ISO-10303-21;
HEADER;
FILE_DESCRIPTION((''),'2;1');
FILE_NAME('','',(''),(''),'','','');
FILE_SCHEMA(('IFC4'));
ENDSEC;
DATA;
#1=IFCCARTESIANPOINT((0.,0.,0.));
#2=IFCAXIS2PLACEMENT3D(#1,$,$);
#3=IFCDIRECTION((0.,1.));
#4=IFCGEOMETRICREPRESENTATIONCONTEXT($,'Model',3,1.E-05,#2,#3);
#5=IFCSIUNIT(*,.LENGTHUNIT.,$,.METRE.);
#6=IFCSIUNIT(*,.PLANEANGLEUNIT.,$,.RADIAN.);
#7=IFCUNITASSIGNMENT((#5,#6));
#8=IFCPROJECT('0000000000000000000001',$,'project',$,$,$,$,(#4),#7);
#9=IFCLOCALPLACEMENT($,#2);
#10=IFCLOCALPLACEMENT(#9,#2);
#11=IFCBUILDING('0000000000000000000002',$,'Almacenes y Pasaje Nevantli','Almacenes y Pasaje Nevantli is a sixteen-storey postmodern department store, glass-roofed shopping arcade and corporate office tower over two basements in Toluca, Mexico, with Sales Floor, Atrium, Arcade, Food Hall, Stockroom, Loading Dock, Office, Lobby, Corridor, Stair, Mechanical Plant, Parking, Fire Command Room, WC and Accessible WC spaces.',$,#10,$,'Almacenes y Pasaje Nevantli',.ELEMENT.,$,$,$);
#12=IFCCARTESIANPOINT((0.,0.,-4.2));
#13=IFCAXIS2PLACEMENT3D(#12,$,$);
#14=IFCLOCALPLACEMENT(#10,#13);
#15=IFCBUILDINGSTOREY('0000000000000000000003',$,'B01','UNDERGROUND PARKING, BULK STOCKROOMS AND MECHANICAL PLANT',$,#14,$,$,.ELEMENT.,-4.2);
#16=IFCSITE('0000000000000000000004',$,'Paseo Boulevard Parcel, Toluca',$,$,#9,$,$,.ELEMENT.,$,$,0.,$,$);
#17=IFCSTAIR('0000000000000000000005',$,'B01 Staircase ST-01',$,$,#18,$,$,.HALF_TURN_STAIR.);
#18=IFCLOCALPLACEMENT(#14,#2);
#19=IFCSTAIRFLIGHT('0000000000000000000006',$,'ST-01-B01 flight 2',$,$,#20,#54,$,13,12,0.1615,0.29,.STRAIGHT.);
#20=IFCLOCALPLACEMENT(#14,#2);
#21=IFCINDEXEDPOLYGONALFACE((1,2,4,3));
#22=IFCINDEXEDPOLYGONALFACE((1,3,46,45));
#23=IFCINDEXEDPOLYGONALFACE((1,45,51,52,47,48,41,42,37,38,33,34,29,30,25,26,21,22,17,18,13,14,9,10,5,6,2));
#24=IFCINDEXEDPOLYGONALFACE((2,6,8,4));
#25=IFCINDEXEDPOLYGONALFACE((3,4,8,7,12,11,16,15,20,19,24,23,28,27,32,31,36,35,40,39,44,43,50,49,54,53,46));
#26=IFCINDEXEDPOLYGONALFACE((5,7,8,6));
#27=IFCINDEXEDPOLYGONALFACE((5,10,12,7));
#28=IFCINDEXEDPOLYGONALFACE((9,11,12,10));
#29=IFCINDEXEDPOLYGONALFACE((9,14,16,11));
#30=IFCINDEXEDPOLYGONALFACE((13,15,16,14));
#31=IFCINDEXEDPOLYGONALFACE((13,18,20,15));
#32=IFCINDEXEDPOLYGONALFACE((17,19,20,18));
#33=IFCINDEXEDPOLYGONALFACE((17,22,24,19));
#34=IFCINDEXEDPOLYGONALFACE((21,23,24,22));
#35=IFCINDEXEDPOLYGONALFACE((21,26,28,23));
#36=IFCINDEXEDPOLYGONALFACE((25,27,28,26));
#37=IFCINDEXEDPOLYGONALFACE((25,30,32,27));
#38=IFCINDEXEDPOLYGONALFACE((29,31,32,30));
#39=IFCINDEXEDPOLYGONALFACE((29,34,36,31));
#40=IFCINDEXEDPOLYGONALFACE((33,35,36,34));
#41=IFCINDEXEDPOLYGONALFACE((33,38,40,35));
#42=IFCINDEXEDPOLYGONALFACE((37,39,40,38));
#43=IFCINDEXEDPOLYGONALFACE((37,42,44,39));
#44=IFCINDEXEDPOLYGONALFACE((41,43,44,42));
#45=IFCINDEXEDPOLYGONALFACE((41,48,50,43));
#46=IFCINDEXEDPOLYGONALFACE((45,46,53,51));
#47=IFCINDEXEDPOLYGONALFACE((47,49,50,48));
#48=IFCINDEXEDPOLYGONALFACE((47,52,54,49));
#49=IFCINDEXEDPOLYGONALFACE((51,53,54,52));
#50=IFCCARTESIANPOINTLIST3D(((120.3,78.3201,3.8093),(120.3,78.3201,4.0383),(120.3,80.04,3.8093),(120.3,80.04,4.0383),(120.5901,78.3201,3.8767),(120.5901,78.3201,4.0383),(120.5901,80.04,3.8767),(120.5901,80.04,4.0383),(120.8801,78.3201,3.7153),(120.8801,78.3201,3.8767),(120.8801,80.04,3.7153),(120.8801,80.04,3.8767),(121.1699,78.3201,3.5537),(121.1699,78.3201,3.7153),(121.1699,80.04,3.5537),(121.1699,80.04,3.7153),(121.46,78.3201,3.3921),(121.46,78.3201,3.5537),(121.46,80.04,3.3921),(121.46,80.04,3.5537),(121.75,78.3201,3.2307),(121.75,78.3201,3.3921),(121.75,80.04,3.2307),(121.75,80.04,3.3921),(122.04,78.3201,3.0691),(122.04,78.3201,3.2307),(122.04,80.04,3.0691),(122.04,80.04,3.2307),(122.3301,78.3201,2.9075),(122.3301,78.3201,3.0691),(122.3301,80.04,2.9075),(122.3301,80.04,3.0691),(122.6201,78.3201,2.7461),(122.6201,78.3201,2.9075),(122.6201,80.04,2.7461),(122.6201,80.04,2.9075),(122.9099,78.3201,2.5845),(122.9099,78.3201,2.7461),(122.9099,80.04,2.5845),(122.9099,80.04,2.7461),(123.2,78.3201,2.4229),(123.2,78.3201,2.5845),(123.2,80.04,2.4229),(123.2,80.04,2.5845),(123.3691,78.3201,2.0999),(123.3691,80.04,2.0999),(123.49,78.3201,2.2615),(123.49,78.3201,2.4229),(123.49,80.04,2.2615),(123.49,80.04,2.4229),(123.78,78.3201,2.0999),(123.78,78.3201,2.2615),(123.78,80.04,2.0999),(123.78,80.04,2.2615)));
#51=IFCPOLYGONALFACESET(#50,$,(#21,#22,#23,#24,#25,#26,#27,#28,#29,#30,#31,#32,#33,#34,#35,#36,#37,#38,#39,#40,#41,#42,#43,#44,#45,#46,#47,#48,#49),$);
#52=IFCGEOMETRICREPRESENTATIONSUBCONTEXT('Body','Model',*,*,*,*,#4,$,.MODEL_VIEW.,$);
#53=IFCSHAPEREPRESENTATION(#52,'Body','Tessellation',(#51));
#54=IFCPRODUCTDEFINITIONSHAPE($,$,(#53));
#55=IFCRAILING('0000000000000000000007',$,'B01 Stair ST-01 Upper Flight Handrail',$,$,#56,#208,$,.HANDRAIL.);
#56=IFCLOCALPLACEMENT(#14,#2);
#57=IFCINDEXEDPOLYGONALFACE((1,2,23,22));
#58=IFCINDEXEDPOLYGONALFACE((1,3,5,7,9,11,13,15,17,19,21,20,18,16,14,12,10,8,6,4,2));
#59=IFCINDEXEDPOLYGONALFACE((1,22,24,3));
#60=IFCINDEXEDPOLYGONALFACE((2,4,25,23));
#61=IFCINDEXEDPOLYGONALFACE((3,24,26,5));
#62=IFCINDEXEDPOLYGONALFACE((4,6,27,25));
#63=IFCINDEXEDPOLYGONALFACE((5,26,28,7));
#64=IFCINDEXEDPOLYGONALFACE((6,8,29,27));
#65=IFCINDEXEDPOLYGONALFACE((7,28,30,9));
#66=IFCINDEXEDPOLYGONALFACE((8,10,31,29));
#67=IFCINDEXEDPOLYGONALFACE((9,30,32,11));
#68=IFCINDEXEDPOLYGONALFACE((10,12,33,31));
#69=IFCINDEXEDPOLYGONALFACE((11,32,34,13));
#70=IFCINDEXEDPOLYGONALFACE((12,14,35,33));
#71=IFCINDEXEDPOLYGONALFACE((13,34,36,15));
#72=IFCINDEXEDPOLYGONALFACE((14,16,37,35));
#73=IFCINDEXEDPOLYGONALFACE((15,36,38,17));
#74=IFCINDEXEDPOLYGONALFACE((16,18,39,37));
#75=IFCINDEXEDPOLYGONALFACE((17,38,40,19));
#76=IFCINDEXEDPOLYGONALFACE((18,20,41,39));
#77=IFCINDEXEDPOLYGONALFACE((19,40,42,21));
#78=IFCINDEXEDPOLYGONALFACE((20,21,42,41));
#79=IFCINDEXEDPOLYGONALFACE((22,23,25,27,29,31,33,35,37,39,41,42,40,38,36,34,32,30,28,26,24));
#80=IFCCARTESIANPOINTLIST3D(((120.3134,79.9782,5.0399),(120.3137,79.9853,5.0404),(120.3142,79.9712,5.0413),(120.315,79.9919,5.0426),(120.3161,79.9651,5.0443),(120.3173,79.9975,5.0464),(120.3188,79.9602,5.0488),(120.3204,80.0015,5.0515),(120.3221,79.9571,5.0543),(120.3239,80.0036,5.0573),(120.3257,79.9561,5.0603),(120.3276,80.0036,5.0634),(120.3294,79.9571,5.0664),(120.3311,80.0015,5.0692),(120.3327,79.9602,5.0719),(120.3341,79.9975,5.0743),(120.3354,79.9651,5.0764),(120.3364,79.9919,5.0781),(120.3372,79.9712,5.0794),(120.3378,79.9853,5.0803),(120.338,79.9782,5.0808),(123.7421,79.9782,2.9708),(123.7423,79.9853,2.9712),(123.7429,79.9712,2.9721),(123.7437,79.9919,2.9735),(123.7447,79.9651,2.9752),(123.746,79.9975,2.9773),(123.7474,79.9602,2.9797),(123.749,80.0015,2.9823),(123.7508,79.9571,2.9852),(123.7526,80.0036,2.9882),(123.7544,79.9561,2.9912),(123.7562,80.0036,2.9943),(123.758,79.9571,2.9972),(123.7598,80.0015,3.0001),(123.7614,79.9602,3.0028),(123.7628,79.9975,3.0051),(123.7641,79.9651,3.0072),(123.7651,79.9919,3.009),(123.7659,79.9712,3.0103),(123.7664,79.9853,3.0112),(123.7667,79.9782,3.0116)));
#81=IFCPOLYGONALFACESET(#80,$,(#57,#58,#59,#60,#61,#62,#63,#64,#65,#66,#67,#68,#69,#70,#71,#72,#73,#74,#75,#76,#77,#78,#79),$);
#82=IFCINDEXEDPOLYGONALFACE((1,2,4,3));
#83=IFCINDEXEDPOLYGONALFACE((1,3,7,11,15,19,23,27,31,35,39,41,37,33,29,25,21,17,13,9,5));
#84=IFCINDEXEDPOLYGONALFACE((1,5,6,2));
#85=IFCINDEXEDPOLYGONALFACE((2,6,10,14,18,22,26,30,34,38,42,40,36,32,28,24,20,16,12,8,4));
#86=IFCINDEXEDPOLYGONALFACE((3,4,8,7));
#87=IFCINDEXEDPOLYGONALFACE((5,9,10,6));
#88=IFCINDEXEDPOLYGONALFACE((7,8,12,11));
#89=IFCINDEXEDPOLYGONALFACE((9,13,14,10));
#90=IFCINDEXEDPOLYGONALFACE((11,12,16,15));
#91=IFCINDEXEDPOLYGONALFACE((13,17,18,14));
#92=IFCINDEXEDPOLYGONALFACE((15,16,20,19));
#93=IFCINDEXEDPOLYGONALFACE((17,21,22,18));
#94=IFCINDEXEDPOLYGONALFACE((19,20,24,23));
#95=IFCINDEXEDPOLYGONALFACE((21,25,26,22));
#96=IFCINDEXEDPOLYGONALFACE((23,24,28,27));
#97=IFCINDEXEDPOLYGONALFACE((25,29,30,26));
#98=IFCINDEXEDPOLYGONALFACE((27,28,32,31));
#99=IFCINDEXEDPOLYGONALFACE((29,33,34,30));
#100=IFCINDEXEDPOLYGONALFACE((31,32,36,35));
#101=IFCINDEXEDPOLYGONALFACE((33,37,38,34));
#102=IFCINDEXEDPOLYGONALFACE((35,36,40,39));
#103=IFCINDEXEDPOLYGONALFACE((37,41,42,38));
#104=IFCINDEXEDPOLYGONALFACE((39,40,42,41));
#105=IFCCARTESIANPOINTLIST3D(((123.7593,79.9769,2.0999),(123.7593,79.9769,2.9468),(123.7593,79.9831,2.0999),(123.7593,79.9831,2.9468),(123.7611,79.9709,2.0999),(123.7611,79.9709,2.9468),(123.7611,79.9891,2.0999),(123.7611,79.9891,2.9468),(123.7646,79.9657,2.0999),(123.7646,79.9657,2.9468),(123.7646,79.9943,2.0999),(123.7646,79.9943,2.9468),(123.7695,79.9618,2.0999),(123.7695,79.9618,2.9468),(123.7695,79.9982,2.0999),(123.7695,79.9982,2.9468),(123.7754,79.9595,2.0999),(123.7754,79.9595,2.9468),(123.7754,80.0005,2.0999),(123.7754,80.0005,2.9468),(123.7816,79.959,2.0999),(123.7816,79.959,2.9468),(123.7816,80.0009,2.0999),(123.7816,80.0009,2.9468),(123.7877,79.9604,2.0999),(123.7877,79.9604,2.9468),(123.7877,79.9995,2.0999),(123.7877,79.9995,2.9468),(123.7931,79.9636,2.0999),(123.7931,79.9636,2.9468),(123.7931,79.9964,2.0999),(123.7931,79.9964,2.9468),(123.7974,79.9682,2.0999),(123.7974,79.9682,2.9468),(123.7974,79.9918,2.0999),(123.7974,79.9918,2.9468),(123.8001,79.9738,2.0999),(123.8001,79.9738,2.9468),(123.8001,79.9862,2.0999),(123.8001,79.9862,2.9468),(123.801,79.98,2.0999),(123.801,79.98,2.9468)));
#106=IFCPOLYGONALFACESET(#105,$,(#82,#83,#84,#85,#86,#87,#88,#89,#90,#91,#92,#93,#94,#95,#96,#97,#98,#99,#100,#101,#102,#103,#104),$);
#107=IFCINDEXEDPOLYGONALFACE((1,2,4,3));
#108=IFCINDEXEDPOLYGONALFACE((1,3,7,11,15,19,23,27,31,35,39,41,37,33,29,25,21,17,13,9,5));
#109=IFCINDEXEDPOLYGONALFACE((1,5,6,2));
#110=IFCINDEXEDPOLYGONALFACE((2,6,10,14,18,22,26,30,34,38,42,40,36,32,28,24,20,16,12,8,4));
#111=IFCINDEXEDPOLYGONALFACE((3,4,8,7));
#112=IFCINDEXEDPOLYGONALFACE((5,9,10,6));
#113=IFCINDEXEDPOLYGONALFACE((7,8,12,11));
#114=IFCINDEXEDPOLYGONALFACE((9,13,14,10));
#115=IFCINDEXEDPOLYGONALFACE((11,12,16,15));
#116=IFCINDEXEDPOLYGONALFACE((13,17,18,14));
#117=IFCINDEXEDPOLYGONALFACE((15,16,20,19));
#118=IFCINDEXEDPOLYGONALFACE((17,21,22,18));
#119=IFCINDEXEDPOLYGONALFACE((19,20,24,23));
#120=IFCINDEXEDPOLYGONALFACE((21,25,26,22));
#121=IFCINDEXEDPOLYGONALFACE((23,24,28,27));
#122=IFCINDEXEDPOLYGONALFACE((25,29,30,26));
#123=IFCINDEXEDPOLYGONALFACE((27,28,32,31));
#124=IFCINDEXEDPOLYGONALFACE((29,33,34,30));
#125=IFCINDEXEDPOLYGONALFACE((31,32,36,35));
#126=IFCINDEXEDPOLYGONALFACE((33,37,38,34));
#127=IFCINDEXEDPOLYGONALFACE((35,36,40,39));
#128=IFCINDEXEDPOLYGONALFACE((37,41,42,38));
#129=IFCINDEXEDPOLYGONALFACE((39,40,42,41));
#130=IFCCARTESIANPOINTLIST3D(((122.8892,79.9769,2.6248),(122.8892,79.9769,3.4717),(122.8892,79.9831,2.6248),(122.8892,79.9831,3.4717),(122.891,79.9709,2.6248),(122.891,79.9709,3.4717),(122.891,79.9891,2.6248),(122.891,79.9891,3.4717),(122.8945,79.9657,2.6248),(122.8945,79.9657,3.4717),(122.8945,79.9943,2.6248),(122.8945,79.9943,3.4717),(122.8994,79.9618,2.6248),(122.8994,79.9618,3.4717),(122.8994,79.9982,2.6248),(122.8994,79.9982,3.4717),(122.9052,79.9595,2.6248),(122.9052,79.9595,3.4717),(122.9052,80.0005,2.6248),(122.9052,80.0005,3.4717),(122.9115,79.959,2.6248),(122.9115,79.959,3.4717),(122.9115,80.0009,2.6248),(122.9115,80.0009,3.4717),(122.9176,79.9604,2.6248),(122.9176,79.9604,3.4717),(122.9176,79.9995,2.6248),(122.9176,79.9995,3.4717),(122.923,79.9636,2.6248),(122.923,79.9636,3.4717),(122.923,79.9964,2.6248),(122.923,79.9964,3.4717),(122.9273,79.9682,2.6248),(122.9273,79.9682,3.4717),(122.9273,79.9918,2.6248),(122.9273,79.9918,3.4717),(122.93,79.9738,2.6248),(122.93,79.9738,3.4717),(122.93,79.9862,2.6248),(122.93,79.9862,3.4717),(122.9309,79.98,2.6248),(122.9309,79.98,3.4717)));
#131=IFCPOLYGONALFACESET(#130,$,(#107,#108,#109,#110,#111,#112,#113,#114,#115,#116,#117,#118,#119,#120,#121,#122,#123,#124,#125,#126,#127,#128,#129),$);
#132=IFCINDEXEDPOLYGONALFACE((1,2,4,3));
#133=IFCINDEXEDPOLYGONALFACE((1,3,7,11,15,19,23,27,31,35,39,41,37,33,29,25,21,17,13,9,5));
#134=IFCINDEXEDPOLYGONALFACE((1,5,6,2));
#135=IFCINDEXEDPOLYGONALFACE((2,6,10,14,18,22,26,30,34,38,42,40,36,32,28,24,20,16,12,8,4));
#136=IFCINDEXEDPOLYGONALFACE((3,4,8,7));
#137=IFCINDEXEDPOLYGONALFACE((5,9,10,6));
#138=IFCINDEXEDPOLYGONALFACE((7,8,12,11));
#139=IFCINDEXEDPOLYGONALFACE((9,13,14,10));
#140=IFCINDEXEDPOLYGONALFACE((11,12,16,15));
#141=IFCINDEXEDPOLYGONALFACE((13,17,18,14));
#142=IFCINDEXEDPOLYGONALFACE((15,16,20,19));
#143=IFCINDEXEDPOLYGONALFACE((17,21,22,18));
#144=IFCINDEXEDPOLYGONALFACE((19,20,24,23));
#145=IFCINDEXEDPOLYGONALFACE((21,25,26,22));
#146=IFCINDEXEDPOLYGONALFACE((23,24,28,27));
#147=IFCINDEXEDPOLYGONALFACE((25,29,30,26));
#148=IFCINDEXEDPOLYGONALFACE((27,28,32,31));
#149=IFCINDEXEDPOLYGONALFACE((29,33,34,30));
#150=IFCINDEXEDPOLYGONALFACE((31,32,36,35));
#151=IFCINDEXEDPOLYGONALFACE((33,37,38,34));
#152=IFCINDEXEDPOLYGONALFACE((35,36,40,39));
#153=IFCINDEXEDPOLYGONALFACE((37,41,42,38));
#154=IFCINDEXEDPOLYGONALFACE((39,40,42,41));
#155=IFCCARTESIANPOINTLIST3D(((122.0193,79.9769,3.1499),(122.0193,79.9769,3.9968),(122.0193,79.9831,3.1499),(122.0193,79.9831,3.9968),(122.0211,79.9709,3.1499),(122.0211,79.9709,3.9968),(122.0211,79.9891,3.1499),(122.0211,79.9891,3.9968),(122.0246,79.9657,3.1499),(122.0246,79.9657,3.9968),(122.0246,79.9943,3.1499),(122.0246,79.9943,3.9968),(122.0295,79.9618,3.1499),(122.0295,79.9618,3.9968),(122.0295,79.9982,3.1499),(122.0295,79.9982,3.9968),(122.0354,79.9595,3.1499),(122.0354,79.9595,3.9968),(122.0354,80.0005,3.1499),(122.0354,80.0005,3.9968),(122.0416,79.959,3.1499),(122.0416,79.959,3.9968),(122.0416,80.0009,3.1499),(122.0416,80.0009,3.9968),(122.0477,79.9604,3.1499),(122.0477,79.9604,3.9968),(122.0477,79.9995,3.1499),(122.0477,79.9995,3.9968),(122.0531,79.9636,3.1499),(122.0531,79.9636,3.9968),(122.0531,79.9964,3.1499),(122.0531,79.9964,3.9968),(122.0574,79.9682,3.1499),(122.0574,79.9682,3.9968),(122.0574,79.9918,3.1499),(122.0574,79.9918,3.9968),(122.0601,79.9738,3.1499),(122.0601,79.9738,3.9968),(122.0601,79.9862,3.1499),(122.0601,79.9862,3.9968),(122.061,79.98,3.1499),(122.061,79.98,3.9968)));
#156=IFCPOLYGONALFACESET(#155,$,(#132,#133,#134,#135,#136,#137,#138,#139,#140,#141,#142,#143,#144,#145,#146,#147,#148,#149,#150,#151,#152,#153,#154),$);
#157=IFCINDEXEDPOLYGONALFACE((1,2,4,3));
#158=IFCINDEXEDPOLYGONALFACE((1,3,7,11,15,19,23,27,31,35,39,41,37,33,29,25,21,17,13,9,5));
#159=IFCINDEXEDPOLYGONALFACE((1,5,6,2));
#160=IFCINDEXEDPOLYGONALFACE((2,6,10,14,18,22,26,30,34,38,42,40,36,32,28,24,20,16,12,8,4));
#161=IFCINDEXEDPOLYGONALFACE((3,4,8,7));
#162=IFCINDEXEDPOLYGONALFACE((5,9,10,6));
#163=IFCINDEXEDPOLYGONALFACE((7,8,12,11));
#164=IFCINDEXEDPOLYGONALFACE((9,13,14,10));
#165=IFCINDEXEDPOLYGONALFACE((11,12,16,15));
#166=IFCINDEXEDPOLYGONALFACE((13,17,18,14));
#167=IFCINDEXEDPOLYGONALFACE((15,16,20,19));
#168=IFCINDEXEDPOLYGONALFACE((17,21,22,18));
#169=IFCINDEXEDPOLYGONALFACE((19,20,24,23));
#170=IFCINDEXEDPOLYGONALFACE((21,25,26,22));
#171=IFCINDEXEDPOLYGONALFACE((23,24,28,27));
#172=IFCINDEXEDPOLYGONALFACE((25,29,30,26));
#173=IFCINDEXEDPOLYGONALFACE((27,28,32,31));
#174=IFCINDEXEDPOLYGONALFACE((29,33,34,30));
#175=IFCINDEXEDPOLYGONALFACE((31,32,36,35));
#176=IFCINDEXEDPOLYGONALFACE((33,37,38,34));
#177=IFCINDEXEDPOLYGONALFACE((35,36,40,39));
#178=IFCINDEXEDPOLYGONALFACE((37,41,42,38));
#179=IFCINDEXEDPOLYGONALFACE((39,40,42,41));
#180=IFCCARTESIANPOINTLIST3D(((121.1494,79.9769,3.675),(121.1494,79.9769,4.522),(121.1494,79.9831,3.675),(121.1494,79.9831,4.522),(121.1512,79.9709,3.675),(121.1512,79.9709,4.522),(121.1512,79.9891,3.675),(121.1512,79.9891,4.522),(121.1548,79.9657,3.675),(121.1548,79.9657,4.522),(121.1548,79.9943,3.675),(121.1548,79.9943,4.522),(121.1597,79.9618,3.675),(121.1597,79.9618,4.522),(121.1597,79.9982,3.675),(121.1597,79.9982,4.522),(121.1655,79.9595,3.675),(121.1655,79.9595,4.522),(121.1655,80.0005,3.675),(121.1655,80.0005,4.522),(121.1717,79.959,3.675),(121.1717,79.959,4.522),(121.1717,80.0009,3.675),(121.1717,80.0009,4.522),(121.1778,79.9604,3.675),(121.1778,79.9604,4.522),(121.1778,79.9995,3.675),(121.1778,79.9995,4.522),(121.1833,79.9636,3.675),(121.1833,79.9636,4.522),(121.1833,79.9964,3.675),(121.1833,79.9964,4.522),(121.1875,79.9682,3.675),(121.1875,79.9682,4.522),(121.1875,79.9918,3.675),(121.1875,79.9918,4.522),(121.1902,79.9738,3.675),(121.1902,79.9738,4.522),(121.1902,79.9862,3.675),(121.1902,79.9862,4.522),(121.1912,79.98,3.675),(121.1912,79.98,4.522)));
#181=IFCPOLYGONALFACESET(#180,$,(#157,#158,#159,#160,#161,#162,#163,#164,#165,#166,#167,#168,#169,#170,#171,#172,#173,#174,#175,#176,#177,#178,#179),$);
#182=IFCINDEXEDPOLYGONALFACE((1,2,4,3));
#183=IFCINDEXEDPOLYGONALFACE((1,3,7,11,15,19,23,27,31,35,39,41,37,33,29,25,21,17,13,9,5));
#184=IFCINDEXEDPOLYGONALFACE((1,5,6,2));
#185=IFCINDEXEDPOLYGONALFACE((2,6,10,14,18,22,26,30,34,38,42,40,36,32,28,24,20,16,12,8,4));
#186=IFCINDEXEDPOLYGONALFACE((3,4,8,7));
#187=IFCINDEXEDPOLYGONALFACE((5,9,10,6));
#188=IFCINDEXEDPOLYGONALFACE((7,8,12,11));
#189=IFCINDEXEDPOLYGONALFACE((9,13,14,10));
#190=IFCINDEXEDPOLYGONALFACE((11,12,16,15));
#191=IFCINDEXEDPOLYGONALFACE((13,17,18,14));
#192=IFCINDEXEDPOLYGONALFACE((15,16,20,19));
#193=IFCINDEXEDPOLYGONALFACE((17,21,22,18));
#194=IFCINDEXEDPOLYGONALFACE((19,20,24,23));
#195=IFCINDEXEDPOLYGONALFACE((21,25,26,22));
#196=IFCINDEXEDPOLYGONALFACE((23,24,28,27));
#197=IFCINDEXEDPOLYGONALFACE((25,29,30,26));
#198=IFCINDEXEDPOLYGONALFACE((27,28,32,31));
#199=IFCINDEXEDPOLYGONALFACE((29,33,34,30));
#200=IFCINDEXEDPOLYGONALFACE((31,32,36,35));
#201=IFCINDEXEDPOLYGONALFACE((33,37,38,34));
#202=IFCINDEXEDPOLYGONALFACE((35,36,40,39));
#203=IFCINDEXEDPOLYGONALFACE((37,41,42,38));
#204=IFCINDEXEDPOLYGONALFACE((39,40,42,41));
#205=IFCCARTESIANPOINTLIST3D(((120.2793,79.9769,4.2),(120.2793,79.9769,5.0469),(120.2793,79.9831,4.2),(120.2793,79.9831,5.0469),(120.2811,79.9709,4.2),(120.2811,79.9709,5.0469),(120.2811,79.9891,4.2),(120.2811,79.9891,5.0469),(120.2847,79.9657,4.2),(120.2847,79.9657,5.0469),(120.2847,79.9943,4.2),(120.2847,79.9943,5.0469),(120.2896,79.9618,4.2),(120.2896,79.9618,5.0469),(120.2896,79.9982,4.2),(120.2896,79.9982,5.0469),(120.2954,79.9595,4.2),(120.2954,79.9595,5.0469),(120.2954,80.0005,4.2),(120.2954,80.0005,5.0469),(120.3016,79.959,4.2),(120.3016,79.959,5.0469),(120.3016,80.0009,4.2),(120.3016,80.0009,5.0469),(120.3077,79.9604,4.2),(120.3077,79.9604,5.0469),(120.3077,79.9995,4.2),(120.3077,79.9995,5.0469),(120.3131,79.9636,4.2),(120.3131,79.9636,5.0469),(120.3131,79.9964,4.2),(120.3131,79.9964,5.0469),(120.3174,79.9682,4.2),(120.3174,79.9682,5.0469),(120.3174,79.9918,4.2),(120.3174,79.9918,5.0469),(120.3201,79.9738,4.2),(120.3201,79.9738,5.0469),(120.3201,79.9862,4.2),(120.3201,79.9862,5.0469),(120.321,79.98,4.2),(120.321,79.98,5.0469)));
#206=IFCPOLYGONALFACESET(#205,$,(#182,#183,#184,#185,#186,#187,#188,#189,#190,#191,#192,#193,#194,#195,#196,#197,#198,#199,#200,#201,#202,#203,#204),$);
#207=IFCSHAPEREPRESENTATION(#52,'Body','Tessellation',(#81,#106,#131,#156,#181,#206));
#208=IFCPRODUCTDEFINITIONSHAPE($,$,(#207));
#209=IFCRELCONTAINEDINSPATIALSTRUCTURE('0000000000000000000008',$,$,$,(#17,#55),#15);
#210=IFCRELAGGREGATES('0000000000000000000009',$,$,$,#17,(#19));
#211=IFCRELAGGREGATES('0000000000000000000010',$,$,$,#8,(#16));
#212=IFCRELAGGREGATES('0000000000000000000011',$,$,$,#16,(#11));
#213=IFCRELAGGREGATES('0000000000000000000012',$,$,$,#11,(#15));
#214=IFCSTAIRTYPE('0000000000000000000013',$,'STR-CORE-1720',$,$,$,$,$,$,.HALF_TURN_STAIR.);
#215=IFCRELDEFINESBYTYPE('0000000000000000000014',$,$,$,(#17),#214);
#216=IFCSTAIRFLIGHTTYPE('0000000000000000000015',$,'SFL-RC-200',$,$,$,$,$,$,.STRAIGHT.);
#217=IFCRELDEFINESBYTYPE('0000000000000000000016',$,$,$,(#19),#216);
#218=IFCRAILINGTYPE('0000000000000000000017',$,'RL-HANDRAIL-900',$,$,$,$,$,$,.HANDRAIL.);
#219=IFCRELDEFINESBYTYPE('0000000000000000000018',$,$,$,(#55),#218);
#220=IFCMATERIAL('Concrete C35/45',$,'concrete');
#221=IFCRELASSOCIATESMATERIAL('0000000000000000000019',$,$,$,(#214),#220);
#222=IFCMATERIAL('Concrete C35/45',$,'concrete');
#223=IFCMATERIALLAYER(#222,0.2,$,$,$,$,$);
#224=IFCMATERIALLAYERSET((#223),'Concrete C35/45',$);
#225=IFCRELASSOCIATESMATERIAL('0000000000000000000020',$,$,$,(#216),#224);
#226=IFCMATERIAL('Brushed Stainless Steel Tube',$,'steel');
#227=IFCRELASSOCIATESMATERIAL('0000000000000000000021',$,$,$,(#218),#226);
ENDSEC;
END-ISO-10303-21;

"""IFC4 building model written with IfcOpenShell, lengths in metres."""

from ifc_helpers import new_model, si_unit, direction, frame, origin, origin_2d, place, context, subcontext, project, spatial, polyline, circle, outline, extrude, material, layer, layer_set, type_object, element, aggregate, save


model = new_model("IFC4")

# Units and contexts
model_context = context("Model", 3, precision=1e-05, world=origin(), true_north=direction((0.0, 1.0)))
body_context = subcontext(model_context, "Body", "Model", "MODEL_VIEW")
ifc_project = project(units=[si_unit("LENGTHUNIT", "METRE"), si_unit("PLANEANGLEUNIT", "RADIAN")], contexts=[model_context])

# Site, building, storey
site_placement = place(None, origin())
site = spatial("IfcSite", under=ifc_project, at=site_placement, Name="Paseo Boulevard Parcel, Toluca", CompositionType="ELEMENT", RefElevation=0.0)
building_placement = place(site_placement, origin())
building = spatial("IfcBuilding", under=site, at=building_placement, Name="Almacenes y Pasaje Nevantli", Description="Almacenes y Pasaje Nevantli is a sixteen-storey postmodern department store, glass-roofed shopping arcade and corporate office tower over two basements in Toluca, Mexico, with Sales Floor, Atrium, Arcade, Food Hall, Stockroom, Loading Dock, Office, Lobby, Corridor, Stair, Mechanical Plant, Parking, Fire Command Room, WC and Accessible WC spaces.", LongName="Almacenes y Pasaje Nevantli", CompositionType="ELEMENT")
storey_placement = place(building_placement, frame((0.0, 0.0, -4.2)))
storey = spatial("IfcBuildingStorey", under=building, at=storey_placement, Name="B01", Description="UNDERGROUND PARKING, BULK STOCKROOMS AND MECHANICAL PLANT", CompositionType="ELEMENT", Elevation=-4.2)

# Stair, stair flight
ifc_material_1 = material(Name="Concrete C35/45", Category="concrete")
stair_type = type_object("IfcStairType", Name="STR-CORE-1720", PredefinedType="HALF_TURN_STAIR", material=ifc_material_1)
stair_placement = place(storey_placement, origin())
stair = element("IfcStair", 1, at=stair_placement, inside=storey, type_object=stair_type, Name="B01 Staircase ST-01", PredefinedType="HALF_TURN_STAIR")
ifc_material_2 = material(Name="Concrete C35/45", Category="concrete")
ifc_layer_1 = layer(ifc_material_2, 0.2)
ifc_layer_set_1 = layer_set([ifc_layer_1], Name="Concrete C35/45")
stair_flight_type = type_object("IfcStairFlightType", Name="SFL-RC-200", PredefinedType="STRAIGHT", material=ifc_layer_set_1)
stair_flight_placement = place(storey_placement, frame((123.78, 79.1799, 2.0999), z_axis=(0.0, 0.0, 1.0), x_axis=(-1.0, 0.0, 0.0)))
stair_flight = element("IfcStairFlight", 2, at=stair_flight_placement, type_object=stair_flight_type, Name="ST-01-B01 flight 2", NumberOfRisers=13, NumberOfTreads=12, PredefinedType="STRAIGHT", RiserHeight=0.1615, TreadLength=0.29, context=body_context, shape_type="SweptSolid", body=[
    extrude(outline(polyline([(0.0, 0.0), (0.0, 0.1616), (0.29, 0.1616), (0.29, 0.323), (0.5801, 0.323), (0.5801, 0.4846), (0.8701, 0.4846), (0.8701, 0.6462), (1.1599, 0.6462), (1.1599, 0.8076), (1.45, 0.8076), (1.45, 0.9692), (1.74, 0.9692), (1.74, 1.1309), (2.03, 1.1309), (2.03, 1.2922), (2.3201, 1.2922), (2.3201, 1.4539), (2.6101, 1.4539), (2.6101, 1.6155), (2.8999, 1.6155), (2.8999, 1.7769), (3.1899, 1.7769), (3.1899, 1.9385), (3.48, 1.9385), (3.48, 2.1001), (3.48, 1.7095), (0.4109, 0.0), (0.0, 0.0)])), frame((0.0, 0.8599, 0.0), z_axis=(0.0, -1.0, 0.0), x_axis=(1.0, 0.0, 0.0)), (0.0, 0.0, 1.0), 1.72),
])
aggregate(stair, [stair_flight])

# Railing
ifc_material_3 = material(Name="Brushed Stainless Steel Tube", Category="steel")
railing_type = type_object("IfcRailingType", Name="RL-HANDRAIL-900", PredefinedType="HANDRAIL", material=ifc_material_3)
railing_1_placement = place(storey_placement, frame((123.78, 79.98, 2.0999)))
element("IfcRailing", 3, at=railing_1_placement, inside=storey, type_object=railing_type, Name="B01 Stair ST-01 Upper Flight Handrail", PredefinedType="HANDRAIL", context=body_context, shape_type="SweptSolid", body=[
    extrude(circle(Radius=0.0239, at=origin_2d()), frame((-0.0256, 0.0, 0.8914), z_axis=(-0.856176, 0.0, 0.516685), x_axis=(0.0, -1.0, 0.0)), (0.0, 0.0, 1.0), 4.0046),
    extrude(circle(Radius=0.021, at=origin_2d()), origin(), (0.0, 0.0, 1.0), 0.8469),
    extrude(circle(Radius=0.021, at=origin_2d()), frame((-0.8701, 0.0, 0.5249)), (0.0, 0.0, 1.0), 0.8469),
    extrude(circle(Radius=0.021, at=origin_2d()), frame((-1.74, 0.0, 1.05)), (0.0, 0.0, 1.0), 0.8469),
    extrude(circle(Radius=0.021, at=origin_2d()), frame((-2.6099, 0.0, 1.5752)), (0.0, 0.0, 1.0), 0.8469),
    extrude(circle(Radius=0.021, at=origin_2d()), frame((-3.48, 0.0, 2.1001)), (0.0, 0.0, 1.0), 0.8469),
])

save(model, "model.ifc")
